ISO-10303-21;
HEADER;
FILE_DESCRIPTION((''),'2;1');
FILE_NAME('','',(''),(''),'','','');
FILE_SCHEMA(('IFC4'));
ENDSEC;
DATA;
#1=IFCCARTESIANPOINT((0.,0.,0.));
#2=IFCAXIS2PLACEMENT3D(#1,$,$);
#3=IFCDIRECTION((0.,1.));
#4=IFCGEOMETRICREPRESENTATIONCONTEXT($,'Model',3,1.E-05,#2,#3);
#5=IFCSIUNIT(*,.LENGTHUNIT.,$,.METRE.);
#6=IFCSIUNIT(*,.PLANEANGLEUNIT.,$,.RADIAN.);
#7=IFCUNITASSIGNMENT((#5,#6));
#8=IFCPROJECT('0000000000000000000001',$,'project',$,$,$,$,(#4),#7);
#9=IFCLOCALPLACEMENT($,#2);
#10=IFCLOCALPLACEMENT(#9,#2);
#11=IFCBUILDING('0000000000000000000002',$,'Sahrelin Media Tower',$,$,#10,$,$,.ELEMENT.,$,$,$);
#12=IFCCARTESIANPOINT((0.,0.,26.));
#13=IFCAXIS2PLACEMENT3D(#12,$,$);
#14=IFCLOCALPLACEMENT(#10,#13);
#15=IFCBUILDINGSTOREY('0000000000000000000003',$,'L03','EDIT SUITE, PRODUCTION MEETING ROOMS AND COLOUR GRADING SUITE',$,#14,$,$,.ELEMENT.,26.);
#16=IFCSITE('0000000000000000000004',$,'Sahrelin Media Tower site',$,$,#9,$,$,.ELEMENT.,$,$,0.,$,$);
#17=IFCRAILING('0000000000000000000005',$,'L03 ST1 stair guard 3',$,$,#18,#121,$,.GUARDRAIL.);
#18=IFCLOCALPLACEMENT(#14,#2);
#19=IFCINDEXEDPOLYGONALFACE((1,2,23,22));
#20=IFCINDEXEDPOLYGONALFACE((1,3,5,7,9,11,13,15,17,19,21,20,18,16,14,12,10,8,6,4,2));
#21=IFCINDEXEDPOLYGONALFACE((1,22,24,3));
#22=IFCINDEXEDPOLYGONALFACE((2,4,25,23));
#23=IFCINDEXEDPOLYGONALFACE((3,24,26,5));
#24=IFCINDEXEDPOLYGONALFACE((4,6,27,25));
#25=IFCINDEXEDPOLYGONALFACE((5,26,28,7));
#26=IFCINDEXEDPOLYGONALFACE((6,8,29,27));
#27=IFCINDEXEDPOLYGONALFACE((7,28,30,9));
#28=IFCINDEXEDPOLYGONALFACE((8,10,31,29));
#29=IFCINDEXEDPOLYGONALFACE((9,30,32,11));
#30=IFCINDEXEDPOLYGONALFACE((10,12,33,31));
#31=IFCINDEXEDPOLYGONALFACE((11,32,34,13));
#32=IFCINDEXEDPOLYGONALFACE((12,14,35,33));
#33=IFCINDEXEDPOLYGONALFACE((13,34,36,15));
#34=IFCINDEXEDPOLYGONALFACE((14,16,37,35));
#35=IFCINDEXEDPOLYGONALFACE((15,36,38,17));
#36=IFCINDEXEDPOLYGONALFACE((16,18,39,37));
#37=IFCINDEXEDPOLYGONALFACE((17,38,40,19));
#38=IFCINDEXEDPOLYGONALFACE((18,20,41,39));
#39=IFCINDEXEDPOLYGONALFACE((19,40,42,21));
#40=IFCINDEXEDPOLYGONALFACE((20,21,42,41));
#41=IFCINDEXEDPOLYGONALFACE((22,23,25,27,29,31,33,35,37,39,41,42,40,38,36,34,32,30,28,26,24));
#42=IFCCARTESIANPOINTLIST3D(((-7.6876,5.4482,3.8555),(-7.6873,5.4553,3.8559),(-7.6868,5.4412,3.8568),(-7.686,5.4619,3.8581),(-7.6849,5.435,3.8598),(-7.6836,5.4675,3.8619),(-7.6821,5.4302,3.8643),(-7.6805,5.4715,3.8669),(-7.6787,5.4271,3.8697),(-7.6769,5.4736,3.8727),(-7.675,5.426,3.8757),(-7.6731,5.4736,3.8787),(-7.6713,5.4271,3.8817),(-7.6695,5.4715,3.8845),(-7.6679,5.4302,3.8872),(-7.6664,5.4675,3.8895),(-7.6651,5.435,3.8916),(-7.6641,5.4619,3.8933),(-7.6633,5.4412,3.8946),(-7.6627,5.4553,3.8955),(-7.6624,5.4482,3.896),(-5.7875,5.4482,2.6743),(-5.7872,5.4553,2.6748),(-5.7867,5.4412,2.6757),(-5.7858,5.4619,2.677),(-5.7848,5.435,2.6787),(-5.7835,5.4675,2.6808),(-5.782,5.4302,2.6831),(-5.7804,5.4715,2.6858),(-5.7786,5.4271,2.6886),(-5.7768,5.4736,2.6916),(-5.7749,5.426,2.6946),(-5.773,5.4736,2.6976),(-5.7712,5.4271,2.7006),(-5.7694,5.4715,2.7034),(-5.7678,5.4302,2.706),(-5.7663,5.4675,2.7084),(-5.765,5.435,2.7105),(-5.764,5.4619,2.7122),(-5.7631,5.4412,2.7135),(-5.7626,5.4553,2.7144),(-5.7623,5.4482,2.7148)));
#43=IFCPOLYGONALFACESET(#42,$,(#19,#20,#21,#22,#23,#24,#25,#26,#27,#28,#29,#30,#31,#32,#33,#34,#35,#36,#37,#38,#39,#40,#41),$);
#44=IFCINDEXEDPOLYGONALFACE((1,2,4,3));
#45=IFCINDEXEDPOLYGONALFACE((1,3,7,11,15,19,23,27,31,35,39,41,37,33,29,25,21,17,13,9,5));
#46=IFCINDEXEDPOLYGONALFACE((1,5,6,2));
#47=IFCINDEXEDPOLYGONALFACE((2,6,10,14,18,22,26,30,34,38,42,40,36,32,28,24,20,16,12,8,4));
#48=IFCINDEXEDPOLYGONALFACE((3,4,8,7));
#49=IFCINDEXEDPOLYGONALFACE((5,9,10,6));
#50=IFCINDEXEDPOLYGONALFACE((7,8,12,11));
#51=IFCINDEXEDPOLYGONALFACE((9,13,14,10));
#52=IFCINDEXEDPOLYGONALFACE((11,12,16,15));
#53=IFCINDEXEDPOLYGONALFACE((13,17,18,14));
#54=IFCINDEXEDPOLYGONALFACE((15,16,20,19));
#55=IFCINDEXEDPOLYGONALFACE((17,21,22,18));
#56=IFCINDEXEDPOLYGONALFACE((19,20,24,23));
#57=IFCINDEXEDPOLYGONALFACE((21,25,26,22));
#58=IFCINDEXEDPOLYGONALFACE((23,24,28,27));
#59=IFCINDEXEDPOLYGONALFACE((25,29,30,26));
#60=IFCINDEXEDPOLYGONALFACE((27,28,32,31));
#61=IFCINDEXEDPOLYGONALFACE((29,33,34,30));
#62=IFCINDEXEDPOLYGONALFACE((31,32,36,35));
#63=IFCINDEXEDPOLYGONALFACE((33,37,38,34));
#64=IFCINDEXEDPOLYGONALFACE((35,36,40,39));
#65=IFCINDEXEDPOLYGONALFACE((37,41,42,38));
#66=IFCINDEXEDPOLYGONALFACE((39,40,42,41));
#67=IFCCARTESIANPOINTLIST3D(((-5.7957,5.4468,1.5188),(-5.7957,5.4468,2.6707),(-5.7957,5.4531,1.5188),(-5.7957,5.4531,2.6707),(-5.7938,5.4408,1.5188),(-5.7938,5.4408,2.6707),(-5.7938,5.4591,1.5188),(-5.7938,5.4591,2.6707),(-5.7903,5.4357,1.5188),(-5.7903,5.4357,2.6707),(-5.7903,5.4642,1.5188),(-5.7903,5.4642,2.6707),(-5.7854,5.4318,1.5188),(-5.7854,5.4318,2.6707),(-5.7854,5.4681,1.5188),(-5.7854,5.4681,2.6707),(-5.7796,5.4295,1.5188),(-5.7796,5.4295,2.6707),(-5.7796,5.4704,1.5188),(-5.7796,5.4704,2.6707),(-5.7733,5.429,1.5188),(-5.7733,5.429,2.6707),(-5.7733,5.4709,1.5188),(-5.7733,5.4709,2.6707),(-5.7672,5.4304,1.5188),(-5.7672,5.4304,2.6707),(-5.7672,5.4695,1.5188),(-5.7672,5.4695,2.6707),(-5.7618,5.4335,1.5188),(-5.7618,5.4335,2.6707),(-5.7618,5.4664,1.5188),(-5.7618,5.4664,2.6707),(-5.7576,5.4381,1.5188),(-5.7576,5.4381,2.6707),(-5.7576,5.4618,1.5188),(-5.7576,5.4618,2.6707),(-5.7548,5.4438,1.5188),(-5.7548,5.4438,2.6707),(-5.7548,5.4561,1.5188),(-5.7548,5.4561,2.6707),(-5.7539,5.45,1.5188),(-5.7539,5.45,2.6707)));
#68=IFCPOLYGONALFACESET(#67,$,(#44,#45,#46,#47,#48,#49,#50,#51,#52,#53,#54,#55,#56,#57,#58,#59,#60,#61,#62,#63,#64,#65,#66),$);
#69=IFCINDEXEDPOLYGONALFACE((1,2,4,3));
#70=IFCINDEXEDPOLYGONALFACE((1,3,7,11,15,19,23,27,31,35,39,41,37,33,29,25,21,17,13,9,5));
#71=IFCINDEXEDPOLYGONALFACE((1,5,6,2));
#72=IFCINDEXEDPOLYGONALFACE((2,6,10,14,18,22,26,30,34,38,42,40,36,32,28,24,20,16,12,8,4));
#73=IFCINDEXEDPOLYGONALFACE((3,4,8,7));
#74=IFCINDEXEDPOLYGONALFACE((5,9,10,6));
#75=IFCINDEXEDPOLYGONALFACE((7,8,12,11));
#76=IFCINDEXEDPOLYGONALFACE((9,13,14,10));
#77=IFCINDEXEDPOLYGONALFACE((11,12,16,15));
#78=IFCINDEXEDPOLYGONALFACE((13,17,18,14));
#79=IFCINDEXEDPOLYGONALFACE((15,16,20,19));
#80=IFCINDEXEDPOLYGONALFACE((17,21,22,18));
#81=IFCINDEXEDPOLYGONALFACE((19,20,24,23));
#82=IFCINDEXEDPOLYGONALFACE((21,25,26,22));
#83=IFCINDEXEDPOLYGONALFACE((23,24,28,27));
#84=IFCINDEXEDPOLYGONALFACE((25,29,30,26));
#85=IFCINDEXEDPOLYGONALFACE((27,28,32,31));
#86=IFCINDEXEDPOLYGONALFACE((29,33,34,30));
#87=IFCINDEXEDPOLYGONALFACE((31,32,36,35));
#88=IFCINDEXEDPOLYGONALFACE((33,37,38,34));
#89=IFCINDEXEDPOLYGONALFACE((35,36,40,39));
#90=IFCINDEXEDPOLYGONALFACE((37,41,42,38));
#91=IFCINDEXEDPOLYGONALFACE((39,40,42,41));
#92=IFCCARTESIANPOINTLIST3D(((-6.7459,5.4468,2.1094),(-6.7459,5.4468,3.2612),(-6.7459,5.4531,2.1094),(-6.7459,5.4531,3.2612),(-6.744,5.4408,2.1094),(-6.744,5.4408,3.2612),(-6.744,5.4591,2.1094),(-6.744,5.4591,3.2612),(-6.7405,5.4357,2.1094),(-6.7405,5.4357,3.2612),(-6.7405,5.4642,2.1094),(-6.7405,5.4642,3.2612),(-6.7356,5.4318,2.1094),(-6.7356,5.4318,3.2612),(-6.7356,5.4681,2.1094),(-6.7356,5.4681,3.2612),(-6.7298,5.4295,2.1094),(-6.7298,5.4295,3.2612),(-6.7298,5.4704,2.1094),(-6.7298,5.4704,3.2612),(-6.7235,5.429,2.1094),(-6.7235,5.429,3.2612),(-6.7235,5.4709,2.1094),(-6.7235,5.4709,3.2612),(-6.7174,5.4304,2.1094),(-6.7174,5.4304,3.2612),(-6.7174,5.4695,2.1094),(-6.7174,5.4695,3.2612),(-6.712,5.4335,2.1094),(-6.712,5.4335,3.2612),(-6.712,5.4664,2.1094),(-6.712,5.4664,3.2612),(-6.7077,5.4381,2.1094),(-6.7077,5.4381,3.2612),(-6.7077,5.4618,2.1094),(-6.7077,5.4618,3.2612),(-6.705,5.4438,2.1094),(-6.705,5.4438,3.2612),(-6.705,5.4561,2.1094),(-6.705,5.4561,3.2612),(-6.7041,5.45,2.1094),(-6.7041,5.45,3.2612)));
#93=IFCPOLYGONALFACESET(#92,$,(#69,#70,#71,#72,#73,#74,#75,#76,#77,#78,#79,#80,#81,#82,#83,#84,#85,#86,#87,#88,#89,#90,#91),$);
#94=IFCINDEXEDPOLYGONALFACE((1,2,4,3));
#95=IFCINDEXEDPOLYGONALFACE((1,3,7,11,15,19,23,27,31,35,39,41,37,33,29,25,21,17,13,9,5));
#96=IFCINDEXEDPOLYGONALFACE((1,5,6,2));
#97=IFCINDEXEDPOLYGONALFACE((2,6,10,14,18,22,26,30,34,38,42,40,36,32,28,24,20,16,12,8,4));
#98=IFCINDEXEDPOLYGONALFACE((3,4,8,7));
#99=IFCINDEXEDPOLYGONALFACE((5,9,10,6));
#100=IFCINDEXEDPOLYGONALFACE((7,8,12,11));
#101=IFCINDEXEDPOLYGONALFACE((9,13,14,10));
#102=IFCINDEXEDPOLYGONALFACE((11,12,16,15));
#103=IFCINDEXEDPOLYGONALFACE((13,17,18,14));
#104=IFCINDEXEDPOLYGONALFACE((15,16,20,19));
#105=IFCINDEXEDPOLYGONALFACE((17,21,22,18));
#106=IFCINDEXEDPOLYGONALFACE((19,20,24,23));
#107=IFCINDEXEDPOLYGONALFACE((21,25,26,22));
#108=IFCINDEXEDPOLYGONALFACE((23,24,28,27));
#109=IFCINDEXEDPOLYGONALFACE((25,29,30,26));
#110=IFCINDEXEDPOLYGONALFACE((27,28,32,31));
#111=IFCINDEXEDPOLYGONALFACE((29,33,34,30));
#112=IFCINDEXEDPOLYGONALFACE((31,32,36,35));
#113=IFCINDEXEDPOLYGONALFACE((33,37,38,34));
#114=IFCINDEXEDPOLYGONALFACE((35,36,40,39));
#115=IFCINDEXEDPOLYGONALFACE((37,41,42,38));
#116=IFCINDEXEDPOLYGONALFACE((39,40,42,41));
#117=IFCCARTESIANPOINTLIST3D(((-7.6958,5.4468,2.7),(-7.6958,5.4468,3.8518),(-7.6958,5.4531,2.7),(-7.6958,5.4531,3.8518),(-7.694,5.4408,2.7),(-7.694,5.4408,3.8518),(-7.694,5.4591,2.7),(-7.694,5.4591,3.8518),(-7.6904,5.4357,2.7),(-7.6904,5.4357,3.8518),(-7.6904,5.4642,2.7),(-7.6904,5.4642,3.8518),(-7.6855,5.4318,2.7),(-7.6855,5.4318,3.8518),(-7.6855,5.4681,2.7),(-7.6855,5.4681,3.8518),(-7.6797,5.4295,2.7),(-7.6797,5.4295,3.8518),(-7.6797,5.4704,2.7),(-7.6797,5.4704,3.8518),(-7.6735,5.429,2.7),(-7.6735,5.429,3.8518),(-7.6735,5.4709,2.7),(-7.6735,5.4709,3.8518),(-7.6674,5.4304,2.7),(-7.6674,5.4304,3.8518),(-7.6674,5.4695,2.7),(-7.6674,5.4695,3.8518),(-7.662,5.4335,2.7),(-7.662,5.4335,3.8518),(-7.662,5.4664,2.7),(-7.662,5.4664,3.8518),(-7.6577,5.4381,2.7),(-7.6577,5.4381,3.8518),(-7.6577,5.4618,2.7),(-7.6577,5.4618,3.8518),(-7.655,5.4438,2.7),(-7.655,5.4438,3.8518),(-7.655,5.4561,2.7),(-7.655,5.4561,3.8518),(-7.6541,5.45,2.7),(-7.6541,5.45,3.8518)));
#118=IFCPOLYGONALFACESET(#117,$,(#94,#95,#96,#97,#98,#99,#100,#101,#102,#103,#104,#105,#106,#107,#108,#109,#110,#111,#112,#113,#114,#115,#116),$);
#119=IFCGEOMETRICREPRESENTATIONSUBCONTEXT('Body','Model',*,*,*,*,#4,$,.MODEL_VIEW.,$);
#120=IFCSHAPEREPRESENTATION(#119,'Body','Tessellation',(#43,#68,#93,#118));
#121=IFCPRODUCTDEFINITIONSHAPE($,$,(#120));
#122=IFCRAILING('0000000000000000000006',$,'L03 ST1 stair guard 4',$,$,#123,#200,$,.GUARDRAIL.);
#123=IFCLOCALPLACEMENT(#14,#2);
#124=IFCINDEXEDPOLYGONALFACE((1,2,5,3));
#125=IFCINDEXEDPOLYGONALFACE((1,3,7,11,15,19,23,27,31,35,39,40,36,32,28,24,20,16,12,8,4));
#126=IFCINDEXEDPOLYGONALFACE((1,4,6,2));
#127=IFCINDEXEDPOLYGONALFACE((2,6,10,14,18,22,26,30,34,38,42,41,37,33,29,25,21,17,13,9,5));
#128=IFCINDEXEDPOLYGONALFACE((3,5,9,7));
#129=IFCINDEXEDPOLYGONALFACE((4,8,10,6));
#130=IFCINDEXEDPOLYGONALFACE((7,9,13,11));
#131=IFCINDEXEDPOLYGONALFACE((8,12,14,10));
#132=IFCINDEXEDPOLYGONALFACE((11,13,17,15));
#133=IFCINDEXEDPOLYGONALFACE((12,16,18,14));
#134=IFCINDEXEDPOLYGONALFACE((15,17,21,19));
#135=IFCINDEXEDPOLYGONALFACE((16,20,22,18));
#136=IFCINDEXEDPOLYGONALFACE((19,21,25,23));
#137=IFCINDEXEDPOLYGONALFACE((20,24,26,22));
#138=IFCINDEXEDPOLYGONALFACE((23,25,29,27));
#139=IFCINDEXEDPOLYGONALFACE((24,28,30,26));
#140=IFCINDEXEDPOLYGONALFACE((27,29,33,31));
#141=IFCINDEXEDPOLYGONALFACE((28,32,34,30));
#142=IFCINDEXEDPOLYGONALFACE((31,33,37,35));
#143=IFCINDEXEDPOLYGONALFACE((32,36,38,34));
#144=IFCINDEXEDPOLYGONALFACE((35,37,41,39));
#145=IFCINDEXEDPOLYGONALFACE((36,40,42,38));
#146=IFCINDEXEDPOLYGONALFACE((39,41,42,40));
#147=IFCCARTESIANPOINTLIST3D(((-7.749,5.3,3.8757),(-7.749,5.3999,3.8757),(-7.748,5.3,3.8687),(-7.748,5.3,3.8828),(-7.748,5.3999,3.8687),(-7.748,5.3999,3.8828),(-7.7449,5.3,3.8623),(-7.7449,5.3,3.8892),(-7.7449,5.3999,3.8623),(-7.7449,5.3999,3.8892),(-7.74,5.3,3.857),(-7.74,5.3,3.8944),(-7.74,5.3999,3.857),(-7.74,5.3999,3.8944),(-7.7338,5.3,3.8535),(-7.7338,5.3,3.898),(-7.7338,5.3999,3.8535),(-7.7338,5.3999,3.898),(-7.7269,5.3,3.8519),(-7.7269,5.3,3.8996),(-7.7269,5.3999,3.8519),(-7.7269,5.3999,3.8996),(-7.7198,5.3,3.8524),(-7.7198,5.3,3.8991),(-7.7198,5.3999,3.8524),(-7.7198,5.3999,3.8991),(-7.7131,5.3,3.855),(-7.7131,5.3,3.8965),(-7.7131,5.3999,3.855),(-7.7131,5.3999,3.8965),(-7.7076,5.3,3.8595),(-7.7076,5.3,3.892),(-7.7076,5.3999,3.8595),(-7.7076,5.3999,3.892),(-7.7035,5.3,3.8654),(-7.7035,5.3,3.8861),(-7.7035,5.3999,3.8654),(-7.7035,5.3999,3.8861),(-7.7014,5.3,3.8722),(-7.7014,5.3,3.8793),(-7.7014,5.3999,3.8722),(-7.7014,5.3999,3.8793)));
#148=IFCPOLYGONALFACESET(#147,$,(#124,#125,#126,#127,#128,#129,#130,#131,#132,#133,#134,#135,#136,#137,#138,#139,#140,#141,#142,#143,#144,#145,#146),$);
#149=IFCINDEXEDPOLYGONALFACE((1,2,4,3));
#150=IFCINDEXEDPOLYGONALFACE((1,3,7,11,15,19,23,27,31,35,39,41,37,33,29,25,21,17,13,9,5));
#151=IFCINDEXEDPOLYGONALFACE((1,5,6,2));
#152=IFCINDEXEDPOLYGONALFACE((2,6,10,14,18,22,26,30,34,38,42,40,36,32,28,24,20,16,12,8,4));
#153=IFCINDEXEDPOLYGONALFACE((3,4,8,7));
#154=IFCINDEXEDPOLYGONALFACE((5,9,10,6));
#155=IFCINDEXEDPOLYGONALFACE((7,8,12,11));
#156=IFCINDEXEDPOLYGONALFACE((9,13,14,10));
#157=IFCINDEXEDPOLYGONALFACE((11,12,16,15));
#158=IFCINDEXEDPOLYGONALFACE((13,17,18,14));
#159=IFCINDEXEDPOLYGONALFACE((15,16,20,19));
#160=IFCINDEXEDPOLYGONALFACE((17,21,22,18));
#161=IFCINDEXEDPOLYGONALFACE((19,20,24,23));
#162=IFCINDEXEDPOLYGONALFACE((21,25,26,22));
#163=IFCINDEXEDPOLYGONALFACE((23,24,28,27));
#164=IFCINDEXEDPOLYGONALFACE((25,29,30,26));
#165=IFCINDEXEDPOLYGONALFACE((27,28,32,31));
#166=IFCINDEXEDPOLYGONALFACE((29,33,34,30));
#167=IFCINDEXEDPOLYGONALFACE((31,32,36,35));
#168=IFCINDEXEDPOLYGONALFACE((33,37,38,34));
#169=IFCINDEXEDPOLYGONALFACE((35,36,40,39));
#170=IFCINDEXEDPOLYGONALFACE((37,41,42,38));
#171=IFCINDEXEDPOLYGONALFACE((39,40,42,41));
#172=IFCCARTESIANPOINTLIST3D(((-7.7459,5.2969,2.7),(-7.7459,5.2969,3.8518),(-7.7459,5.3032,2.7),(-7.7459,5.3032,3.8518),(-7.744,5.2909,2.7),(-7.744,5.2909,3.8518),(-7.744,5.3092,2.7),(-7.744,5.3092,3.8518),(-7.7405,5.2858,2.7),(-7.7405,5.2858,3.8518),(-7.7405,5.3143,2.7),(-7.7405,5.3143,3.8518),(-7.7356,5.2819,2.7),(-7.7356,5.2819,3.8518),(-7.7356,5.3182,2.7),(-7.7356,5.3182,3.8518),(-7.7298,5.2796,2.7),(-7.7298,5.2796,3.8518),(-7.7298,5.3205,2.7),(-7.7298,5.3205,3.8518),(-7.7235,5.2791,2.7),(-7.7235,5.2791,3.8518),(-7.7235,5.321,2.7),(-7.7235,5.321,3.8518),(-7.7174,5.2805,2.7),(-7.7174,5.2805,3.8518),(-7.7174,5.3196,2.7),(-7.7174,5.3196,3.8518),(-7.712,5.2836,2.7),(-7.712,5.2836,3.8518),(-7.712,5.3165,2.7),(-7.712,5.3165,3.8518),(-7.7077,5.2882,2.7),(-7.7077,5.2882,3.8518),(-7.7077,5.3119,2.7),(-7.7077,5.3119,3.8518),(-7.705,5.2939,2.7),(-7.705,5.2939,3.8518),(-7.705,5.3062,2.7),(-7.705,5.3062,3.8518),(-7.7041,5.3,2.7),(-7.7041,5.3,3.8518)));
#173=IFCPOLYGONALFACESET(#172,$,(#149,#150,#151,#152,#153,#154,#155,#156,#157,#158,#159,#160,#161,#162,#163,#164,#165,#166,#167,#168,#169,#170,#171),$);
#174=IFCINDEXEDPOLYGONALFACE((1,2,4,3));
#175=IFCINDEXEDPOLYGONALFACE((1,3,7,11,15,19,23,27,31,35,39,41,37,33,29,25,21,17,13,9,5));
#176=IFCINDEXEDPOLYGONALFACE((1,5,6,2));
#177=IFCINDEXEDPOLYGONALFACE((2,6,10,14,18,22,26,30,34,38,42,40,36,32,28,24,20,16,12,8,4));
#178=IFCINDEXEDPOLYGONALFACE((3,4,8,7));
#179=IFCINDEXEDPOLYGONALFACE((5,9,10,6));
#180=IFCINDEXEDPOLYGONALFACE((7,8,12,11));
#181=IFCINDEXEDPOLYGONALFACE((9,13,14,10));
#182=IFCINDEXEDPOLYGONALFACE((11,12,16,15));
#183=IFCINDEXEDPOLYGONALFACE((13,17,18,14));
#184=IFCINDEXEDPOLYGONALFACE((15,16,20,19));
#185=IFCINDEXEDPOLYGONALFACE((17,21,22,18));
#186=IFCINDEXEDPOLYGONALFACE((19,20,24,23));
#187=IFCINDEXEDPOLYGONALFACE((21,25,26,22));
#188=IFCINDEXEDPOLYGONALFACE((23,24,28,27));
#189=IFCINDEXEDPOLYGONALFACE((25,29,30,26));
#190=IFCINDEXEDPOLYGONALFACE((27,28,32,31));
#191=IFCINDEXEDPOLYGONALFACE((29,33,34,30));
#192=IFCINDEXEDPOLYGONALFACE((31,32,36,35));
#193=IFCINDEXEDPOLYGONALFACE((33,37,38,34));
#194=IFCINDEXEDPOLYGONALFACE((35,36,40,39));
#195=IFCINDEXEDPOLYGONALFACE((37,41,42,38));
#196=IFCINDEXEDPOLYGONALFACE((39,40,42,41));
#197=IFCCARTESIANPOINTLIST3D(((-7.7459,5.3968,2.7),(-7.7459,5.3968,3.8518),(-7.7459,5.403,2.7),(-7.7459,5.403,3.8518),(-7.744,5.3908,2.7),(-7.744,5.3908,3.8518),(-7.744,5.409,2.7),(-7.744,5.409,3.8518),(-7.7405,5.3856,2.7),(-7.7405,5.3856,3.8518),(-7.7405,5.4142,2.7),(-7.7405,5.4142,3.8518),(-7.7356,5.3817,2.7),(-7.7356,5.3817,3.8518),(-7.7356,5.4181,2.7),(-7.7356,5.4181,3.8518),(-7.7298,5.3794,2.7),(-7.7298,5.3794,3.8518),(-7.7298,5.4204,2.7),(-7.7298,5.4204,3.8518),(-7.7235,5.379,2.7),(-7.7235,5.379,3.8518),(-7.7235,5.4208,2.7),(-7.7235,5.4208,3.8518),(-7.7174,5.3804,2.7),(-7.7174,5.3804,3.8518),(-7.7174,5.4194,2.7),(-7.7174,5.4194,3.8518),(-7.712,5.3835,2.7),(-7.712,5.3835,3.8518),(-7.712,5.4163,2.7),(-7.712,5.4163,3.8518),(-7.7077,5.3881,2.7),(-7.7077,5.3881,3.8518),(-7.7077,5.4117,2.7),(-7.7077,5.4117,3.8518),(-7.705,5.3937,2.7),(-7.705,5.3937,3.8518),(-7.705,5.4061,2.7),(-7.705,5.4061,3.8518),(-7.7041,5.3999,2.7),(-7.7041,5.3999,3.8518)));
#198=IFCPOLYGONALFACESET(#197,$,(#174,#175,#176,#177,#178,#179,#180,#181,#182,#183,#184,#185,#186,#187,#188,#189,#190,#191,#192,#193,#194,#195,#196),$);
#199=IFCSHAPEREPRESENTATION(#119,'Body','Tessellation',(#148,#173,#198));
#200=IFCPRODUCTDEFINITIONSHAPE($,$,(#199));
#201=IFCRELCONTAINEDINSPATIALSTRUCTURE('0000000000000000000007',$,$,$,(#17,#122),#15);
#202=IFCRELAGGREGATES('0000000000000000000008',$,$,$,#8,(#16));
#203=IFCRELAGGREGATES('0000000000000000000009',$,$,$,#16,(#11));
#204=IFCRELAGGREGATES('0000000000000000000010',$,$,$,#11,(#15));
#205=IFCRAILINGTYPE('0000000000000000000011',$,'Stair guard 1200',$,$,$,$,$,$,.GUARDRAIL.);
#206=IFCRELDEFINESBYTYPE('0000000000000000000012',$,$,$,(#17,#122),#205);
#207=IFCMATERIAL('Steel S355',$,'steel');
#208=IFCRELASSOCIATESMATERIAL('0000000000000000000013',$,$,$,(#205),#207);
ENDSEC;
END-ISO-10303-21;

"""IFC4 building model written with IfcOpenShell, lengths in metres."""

from ifc_helpers import new_model, si_unit, direction, frame, origin, origin_2d, place, context, subcontext, project, spatial, circle, extrude, material, type_object, element, save


model = new_model("IFC4")

# Units and contexts
model_context = context("Model", 3, precision=1e-05, world=origin(), true_north=direction((0.0, 1.0)))
body_context = subcontext(model_context, "Body", "Model", "MODEL_VIEW")
ifc_project = project(units=[si_unit("LENGTHUNIT", "METRE"), si_unit("PLANEANGLEUNIT", "RADIAN")], contexts=[model_context])

# Site, building, storey
site_placement = place(None, origin())
site = spatial("IfcSite", under=ifc_project, at=site_placement, Name="Sahrelin Media Tower site", CompositionType="ELEMENT", RefElevation=0.0)
building_placement = place(site_placement, origin())
building = spatial("IfcBuilding", under=site, at=building_placement, Name="Sahrelin Media Tower", CompositionType="ELEMENT")
storey_placement = place(building_placement, frame((0.0, 0.0, 26.0)))
storey = spatial("IfcBuildingStorey", under=building, at=storey_placement, Name="L03", Description="EDIT SUITE, PRODUCTION MEETING ROOMS AND COLOUR GRADING SUITE", CompositionType="ELEMENT", Elevation=26.0)

# Shared definitions
ifc_material_1 = material(Name="Steel S355", Category="steel")

# Railings
railing_type_1 = type_object("IfcRailingType", Name="Stair guard 1200", PredefinedType="GUARDRAIL", material=ifc_material_1)
railing_1_placement = place(storey_placement, frame((-5.7749, 5.45, 1.5188)))
element("IfcRailing", 1, at=railing_1_placement, inside=storey, type_object=railing_type_1, Name="L03 ST1 stair guard 3", PredefinedType="GUARDRAIL", context=body_context, shape_type="SweptSolid", body=[
    extrude(circle(Radius=0.0239, at=origin_2d()), frame((0.0, 0.0, 1.1758), z_axis=(-0.849289, 0.0, 0.527928), x_axis=(0.0, -1.0, 0.0)), (0.0, 0.0, 1.0), 2.2373),
    extrude(circle(Radius=0.021, at=origin_2d()), origin(), (0.0, 0.0, 1.0), 1.1519),
    extrude(circle(Radius=0.021, at=origin_2d()), frame((-0.9502, 0.0, 0.5906)), (0.0, 0.0, 1.0), 1.1519),
    extrude(circle(Radius=0.021, at=origin_2d()), frame((-1.9001, 0.0, 1.1812)), (0.0, 0.0, 1.0), 1.1519),
])
railing_2_placement = place(storey_placement, frame((-7.7251, 5.3, 2.7)))
element("IfcRailing", 2, at=railing_2_placement, inside=storey, type_object=railing_type_1, Name="L03 ST1 stair guard 4", PredefinedType="GUARDRAIL", context=body_context, shape_type="SweptSolid", body=[
    extrude(circle(Radius=0.0239, at=origin_2d()), frame((0.0, 0.0, 1.1758), z_axis=(0.0, 1.0, 0.0), x_axis=(-1.0, 0.0, 0.0)), (0.0, 0.0, 1.0), 0.0999),
    extrude(circle(Radius=0.021, at=origin_2d()), origin(), (0.0, 0.0, 1.0), 1.1519),
    extrude(circle(Radius=0.021, at=origin_2d()), frame((0.0, 0.0999, 0.0)), (0.0, 0.0, 1.0), 1.1519),
])

save(model, "model.ifc")
